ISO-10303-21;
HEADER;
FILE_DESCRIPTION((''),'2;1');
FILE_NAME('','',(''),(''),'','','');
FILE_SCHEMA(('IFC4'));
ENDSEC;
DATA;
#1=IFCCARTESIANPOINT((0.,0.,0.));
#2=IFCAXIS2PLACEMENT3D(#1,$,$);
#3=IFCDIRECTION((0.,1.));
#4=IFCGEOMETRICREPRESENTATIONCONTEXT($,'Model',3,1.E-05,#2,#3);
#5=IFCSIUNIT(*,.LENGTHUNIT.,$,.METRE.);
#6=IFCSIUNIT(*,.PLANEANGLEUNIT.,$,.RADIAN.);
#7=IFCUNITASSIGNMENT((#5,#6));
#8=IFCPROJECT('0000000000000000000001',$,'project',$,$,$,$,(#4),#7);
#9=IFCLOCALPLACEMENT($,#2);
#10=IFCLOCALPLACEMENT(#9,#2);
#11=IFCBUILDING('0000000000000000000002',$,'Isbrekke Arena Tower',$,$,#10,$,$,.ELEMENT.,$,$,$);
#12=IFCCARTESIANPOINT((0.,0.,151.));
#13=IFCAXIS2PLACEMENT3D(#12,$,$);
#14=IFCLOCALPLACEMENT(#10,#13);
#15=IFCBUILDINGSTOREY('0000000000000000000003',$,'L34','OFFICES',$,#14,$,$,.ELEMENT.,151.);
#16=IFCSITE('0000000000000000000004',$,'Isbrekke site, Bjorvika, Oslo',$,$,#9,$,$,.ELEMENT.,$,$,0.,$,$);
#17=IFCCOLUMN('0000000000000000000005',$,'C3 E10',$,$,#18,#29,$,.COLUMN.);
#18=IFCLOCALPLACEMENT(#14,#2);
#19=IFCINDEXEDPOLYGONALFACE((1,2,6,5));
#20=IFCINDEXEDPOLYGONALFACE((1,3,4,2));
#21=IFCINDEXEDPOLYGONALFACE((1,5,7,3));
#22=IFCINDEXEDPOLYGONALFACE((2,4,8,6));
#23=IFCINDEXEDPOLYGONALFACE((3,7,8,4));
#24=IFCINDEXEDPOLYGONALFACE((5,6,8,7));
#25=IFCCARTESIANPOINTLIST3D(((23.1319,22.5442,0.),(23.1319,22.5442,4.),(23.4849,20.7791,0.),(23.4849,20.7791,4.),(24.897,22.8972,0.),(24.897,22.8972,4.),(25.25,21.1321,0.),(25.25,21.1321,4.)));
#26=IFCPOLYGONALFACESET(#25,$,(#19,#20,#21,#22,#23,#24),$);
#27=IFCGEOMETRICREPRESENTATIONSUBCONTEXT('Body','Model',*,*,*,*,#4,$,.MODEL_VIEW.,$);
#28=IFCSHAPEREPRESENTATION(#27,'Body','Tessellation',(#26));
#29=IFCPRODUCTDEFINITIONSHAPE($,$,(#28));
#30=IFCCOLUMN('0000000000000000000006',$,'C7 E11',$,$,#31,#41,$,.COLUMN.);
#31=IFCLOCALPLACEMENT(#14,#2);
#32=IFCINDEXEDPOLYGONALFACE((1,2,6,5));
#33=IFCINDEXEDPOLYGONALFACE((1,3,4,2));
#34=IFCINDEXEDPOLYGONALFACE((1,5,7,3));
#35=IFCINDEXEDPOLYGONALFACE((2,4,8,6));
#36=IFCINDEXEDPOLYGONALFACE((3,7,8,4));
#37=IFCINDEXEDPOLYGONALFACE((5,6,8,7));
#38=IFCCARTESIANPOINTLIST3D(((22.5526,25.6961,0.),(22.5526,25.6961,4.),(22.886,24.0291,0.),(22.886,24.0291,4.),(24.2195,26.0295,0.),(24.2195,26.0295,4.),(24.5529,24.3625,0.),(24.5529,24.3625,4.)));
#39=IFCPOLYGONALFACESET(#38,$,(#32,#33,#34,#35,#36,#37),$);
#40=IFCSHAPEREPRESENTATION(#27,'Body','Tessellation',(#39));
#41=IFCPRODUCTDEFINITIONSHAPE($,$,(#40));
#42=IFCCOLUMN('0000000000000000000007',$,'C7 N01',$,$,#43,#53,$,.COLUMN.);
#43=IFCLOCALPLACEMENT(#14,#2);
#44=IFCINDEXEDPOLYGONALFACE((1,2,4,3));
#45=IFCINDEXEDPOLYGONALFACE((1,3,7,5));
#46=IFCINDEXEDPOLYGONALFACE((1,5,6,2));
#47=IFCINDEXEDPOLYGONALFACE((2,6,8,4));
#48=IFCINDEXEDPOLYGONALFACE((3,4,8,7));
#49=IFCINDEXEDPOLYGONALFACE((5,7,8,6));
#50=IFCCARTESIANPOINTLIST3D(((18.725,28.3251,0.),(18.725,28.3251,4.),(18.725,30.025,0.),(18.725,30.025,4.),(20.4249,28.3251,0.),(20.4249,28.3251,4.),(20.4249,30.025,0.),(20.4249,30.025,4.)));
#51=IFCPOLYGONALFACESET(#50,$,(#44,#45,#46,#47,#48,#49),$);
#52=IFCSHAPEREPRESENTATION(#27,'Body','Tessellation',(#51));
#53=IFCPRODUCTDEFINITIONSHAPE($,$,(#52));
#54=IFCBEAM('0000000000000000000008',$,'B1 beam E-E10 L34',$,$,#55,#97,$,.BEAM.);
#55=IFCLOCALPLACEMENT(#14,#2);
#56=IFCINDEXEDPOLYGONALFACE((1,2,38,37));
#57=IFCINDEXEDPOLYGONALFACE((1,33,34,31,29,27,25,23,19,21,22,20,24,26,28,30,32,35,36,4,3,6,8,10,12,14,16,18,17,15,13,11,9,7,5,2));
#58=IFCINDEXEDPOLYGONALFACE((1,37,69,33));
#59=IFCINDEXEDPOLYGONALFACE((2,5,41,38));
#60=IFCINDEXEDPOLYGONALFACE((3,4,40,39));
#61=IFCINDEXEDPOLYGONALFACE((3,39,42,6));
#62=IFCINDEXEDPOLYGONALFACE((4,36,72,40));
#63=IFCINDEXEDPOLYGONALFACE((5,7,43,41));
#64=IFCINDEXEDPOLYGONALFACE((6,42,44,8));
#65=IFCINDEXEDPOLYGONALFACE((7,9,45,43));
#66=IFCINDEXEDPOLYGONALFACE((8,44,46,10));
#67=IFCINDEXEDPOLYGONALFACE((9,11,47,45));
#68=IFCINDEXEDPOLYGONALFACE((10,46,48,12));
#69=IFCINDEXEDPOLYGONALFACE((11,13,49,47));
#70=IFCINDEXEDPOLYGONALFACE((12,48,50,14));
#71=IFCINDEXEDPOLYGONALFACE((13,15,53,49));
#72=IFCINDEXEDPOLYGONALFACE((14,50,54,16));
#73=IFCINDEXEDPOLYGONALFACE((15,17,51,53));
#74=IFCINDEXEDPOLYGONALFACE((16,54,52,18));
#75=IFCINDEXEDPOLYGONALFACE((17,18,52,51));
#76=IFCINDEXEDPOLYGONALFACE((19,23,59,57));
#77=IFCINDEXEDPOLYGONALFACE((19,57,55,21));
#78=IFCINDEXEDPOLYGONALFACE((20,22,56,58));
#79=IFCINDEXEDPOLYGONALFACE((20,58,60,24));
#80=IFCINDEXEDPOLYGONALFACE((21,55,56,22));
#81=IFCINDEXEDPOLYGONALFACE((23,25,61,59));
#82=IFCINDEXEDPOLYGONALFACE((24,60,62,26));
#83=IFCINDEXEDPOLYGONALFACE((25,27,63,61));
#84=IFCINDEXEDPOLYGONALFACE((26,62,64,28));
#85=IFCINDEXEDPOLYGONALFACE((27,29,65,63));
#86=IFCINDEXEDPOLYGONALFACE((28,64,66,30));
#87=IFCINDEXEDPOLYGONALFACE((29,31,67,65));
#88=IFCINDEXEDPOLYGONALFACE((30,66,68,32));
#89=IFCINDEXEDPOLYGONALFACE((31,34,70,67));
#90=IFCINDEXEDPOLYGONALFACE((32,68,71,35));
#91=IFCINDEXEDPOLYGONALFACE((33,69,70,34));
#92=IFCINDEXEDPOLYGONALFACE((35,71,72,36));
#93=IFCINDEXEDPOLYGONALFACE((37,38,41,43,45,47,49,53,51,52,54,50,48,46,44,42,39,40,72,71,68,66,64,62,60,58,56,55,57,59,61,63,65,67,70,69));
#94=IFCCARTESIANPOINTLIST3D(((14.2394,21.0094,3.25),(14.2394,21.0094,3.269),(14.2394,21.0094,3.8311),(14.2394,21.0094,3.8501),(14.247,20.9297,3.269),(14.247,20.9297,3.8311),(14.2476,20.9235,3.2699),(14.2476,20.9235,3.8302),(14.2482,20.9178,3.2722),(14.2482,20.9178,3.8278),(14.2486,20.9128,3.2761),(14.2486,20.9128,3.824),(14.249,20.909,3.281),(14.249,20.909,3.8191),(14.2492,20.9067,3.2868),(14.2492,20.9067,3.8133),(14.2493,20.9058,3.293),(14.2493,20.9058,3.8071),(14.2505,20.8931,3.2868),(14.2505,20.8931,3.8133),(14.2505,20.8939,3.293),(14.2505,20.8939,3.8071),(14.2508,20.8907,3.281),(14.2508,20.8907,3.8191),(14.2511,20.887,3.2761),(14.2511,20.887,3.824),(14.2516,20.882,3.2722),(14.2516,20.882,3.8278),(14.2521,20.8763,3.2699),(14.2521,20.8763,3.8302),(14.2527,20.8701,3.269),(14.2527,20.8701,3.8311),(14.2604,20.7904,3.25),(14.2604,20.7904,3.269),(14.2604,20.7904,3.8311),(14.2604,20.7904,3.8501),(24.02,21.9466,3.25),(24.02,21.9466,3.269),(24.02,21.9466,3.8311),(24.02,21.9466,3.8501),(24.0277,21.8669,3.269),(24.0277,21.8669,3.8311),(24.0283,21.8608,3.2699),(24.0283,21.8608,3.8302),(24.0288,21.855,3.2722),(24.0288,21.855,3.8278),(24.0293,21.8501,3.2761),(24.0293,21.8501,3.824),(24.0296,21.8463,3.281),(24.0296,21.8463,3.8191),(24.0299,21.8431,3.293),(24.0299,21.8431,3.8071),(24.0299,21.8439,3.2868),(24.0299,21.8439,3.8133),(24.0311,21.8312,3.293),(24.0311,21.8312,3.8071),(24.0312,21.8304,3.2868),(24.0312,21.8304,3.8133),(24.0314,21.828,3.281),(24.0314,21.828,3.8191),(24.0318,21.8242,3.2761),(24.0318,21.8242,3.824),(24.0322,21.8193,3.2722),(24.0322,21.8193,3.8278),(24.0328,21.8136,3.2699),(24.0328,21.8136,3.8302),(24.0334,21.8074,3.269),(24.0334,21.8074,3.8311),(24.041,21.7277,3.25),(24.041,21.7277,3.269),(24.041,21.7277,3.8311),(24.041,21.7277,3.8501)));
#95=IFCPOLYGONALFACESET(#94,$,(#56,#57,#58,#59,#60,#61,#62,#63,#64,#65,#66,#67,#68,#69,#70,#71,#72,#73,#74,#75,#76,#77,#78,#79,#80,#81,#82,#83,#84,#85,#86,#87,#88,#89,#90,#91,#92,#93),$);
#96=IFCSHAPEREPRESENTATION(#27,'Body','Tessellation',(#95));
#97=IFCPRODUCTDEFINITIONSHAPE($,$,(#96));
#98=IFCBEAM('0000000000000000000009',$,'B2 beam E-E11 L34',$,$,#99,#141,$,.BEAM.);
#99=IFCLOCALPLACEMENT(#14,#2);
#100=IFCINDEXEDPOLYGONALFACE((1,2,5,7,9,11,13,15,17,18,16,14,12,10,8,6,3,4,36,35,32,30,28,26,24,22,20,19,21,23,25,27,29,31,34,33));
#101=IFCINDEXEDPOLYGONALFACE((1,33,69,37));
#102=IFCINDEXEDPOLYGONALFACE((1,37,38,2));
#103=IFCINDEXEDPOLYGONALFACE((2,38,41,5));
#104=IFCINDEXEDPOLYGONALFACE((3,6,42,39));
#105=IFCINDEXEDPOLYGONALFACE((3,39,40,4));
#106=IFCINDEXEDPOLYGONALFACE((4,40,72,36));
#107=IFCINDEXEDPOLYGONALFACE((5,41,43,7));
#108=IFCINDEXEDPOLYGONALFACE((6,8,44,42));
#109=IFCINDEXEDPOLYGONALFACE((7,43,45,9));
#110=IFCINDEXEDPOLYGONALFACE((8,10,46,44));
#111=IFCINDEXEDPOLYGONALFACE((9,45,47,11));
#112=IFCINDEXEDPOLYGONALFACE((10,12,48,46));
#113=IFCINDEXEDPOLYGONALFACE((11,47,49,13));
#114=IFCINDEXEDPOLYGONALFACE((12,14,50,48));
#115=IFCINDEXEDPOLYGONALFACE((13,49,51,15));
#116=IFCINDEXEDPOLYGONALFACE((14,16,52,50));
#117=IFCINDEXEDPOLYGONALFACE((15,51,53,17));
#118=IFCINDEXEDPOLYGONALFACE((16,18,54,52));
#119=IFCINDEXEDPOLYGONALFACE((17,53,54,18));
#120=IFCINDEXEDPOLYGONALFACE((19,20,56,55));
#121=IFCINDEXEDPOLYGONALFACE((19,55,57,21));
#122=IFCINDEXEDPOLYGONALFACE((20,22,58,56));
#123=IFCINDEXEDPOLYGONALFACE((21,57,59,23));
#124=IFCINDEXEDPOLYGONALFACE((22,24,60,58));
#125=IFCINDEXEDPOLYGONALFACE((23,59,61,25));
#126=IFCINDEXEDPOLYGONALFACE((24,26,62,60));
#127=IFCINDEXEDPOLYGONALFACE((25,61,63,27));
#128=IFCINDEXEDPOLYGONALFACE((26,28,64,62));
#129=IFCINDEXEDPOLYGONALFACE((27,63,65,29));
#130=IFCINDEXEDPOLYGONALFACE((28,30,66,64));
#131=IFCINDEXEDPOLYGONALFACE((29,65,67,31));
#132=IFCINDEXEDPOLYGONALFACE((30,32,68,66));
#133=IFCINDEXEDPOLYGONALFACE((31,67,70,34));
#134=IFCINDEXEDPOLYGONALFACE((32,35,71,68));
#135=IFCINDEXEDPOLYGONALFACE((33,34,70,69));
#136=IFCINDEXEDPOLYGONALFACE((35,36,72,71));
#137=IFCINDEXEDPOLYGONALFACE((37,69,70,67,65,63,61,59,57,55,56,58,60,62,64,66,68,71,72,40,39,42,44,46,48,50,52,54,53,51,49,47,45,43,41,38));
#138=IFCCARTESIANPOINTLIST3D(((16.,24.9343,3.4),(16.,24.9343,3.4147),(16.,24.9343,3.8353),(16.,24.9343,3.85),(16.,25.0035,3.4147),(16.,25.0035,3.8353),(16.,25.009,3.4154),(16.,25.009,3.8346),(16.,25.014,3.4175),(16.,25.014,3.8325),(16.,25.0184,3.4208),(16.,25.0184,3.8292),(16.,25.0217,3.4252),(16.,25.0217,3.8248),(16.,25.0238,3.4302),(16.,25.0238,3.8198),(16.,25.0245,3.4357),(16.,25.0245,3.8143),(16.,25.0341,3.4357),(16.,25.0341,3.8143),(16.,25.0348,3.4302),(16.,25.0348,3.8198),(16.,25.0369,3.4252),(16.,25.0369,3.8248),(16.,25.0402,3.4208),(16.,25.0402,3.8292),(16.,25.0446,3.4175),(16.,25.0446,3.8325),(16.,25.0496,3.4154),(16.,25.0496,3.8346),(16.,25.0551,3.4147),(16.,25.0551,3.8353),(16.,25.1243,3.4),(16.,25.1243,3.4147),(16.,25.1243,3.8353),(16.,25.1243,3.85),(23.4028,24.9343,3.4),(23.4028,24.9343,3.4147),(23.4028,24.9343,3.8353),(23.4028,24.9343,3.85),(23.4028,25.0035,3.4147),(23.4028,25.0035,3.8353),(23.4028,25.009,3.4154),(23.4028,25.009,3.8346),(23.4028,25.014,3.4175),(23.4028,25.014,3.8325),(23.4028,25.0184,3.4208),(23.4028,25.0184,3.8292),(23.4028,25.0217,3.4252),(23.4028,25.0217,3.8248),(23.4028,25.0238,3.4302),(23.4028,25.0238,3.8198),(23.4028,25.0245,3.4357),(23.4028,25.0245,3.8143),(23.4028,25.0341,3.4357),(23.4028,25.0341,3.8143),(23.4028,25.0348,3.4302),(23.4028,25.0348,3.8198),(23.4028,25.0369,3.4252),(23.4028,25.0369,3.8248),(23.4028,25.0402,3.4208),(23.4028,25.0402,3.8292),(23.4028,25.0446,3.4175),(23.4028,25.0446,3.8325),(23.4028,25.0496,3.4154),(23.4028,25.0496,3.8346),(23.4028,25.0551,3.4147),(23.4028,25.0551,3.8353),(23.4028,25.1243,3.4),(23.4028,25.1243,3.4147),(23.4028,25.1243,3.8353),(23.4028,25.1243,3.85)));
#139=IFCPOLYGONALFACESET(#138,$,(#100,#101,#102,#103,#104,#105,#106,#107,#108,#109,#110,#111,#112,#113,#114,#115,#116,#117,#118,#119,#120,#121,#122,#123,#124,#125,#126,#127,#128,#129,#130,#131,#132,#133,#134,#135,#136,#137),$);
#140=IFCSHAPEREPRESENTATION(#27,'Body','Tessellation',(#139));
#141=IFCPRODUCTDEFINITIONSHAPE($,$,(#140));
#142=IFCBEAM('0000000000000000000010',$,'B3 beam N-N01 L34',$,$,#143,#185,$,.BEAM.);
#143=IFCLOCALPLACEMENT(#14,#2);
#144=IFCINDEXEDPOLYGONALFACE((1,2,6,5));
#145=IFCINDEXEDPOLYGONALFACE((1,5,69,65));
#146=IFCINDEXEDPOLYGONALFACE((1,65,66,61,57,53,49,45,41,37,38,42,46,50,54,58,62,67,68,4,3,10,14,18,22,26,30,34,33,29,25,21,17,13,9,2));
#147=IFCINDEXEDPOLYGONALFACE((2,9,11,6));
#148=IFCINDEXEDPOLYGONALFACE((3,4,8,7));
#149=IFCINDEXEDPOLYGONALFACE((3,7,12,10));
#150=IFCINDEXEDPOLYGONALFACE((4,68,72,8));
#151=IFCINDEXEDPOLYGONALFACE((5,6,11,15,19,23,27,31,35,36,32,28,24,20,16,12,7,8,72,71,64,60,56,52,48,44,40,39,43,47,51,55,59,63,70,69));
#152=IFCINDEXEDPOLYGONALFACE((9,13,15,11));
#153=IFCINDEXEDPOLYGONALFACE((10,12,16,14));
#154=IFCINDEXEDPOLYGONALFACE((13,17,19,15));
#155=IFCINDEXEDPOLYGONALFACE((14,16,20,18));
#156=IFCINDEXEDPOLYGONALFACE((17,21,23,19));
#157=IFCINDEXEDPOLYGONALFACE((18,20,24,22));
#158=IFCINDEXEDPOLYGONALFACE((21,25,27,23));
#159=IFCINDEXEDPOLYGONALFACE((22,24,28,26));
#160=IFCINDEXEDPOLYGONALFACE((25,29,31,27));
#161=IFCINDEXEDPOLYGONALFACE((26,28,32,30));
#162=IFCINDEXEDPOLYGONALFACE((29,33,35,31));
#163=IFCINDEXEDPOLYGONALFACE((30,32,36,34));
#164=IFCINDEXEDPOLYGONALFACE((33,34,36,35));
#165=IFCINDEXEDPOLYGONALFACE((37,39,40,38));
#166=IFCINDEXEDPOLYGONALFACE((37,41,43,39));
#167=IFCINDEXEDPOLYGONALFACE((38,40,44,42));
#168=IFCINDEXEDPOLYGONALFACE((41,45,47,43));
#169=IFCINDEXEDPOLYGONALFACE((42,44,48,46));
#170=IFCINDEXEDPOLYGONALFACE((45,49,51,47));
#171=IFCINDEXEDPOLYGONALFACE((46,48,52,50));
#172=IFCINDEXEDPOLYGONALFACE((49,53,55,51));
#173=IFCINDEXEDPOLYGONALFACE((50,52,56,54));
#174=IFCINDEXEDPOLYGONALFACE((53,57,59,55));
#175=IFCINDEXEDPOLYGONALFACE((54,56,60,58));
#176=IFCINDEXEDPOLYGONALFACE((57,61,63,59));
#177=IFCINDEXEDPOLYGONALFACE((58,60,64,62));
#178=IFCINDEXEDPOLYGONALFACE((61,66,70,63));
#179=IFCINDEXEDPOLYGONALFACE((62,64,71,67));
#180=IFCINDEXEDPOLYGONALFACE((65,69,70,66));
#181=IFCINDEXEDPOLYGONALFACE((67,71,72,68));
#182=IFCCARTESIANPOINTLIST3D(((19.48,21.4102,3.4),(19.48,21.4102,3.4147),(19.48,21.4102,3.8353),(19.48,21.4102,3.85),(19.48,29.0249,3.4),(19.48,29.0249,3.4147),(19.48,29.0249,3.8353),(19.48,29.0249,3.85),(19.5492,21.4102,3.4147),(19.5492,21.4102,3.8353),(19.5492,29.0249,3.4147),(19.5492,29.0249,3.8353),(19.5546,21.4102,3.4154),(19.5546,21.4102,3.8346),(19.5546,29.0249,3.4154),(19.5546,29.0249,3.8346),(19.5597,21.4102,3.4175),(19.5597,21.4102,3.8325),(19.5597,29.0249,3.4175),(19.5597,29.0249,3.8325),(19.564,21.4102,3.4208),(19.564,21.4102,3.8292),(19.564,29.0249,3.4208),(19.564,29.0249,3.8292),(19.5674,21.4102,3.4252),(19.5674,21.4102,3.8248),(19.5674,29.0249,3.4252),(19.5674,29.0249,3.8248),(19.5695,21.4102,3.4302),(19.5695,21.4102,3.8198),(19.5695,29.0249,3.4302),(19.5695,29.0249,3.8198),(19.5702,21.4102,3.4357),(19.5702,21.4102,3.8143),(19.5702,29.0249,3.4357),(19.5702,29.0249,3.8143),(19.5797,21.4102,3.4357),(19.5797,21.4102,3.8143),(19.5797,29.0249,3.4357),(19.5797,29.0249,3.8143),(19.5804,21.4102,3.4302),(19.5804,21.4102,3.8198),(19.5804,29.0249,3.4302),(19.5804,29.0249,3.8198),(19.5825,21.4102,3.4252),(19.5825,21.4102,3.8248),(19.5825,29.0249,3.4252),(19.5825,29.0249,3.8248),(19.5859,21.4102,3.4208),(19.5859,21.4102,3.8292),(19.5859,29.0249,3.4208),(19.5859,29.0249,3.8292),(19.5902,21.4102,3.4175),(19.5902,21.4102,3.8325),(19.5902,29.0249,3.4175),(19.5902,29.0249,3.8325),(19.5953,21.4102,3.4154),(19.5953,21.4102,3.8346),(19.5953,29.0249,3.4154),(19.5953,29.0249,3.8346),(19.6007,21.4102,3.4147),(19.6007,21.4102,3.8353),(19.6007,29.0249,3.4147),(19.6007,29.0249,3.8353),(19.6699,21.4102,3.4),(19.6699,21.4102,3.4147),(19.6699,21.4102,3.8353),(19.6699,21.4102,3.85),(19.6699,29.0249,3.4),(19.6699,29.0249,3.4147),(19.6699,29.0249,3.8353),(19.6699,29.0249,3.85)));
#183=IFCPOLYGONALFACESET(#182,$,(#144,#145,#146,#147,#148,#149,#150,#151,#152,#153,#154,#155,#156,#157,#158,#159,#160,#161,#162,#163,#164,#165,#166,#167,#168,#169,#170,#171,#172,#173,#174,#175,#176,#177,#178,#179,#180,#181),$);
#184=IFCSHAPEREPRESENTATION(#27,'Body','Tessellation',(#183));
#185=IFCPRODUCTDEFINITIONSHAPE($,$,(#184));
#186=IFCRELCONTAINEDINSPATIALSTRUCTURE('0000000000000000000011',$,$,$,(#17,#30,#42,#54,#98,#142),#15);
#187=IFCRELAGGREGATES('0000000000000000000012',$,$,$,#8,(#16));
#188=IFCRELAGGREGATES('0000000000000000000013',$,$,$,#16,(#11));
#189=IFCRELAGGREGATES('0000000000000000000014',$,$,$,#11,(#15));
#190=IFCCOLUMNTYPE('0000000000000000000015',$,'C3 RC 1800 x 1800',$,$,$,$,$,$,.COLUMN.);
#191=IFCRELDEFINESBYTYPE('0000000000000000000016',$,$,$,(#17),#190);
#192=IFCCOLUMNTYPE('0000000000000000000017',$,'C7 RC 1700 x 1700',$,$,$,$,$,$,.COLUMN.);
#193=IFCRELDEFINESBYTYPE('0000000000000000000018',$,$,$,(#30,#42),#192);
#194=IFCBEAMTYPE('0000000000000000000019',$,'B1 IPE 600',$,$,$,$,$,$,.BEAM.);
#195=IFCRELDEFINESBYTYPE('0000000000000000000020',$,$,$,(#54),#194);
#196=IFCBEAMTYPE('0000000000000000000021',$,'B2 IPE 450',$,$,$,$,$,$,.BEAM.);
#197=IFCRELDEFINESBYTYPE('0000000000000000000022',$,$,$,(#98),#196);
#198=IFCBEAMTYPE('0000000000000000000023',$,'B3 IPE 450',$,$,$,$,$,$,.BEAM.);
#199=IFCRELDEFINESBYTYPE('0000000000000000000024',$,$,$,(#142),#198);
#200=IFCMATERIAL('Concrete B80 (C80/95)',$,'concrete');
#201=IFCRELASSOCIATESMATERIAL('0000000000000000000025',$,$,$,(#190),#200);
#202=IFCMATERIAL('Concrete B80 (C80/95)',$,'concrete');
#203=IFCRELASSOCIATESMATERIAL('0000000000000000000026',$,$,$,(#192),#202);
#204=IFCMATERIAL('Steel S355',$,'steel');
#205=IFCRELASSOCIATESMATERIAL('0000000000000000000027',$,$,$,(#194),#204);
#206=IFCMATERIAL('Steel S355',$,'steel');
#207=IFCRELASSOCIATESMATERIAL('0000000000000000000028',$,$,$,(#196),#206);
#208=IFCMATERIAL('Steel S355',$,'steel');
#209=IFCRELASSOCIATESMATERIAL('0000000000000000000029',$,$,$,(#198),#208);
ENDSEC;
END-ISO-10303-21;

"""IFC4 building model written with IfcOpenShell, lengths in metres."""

from ifc_helpers import new_model, si_unit, direction, frame, origin, origin_2d, place, context, subcontext, project, spatial, rectangle, i_section, extrude, material, material_profile, profile_set, type_object, element, save


model = new_model("IFC4")

# Units and contexts
model_context = context("Model", 3, precision=1e-05, world=origin(), true_north=direction((0.0, 1.0)))
body_context = subcontext(model_context, "Body", "Model", "MODEL_VIEW")
ifc_project = project(units=[si_unit("LENGTHUNIT", "METRE"), si_unit("PLANEANGLEUNIT", "RADIAN")], contexts=[model_context])

# Site, building, storey
site_placement = place(None, origin())
site = spatial("IfcSite", under=ifc_project, at=site_placement, Name="Isbrekke site, Bjorvika, Oslo", CompositionType="ELEMENT", RefElevation=0.0)
building_placement = place(site_placement, origin())
building = spatial("IfcBuilding", under=site, at=building_placement, Name="Isbrekke Arena Tower", CompositionType="ELEMENT")
storey_placement = place(building_placement, frame((0.0, 0.0, 151.0)))
storey = spatial("IfcBuildingStorey", under=building, at=storey_placement, Name="L34", Description="OFFICES", CompositionType="ELEMENT", Elevation=151.0)

# Columns
ifc_material_1 = material(Name="Concrete B80 (C80/95)", Category="concrete")
ifc_material_profile_1 = material_profile(ifc_material_1, rectangle(XDim=1.8, YDim=1.8, at=origin_2d()), Name="RC 1800x1800")
ifc_profile_set_1 = profile_set([ifc_material_profile_1], Name="Concrete B80 (C80/95)")
column_type_1 = type_object("IfcColumnType", Name="C3 RC 1800 x 1800", PredefinedType="COLUMN", material=ifc_profile_set_1)
column_placement = place(storey_placement, frame((24.1909, 21.8381, 0.0), z_axis=(0.0, 0.0, 1.0), x_axis=(-0.196116, 0.980581, 0.0)))
element("IfcColumn", 1, at=column_placement, inside=storey, type_object=column_type_1, Name="C3 E10", PredefinedType="COLUMN", context=body_context, shape_type="SweptSolid", body=[
    extrude(rectangle(XDim=1.8, YDim=1.8, at=origin_2d()), origin(), (0.0, 0.0, 1.0), 4.0),
])
ifc_material_2 = material(Name="Concrete B80 (C80/95)", Category="concrete")
ifc_material_profile_2 = material_profile(ifc_material_2, rectangle(XDim=1.7, YDim=1.7, at=origin_2d()), Name="RC 1700x1700")
ifc_profile_set_2 = profile_set([ifc_material_profile_2], Name="Concrete B80 (C80/95)")
column_type_2 = type_object("IfcColumnType", Name="C7 RC 1700 x 1700", PredefinedType="COLUMN", material=ifc_profile_set_2)
for number, where, z_axis, x_axis, name in (
    (2, (23.5527, 25.0293, 0.0), (0.0, 0.0, 1.0), (-0.196116, 0.980581, 0.0), "C7 E11"),
    (3, (19.575, 29.175, 0.0), (0.0, 0.0, 1.0), (-1.0, 0.0, 0.0), "C7 N01"),
):
    element("IfcColumn", number, at=place(storey_placement, frame(where, z_axis=z_axis, x_axis=x_axis)), inside=storey, type_object=column_type_2, Name=name, PredefinedType="COLUMN", context=body_context, shape_type="SweptSolid", body=[
        extrude(rectangle(XDim=1.7, YDim=1.7, at=origin_2d()), origin(), (0.0, 0.0, 1.0), 4.0),
    ])

# Beams
ifc_material_3 = material(Name="Steel S355", Category="steel")
ifc_material_profile_3 = material_profile(ifc_material_3, i_section(OverallWidth=0.22, OverallDepth=0.6001, WebThickness=0.012, FlangeThickness=0.019, FilletRadius=0.0239, at=origin_2d()), Name="IPE 600")
ifc_profile_set_3 = profile_set([ifc_material_profile_3], Name="Steel S355")
beam_type_1 = type_object("IfcBeamType", Name="B1 IPE 600", PredefinedType="BEAM", material=ifc_profile_set_3)
beam_1_placement = place(storey_placement, frame((24.0305, 21.8372, 3.55), z_axis=(-0.99544, -0.095392, 0.0), x_axis=(0.095392, -0.99544, 0.0)))
element("IfcBeam", 4, at=beam_1_placement, inside=storey, type_object=beam_type_1, Name="B1 beam E-E10 L34", PredefinedType="BEAM", context=body_context, shape_type="SweptSolid", body=[
    extrude(i_section(OverallWidth=0.22, OverallDepth=0.6001, WebThickness=0.012, FlangeThickness=0.019, FilletRadius=0.0239, at=origin_2d()), origin(), (0.0, 0.0, 1.0), 9.8254),
])
ifc_material_4 = material(Name="Steel S355", Category="steel")
ifc_material_profile_4 = material_profile(ifc_material_4, i_section(OverallWidth=0.1899, OverallDepth=0.45, WebThickness=0.0095, FlangeThickness=0.0146, FilletRadius=0.021, at=origin_2d()), Name="IPE 450")
ifc_profile_set_4 = profile_set([ifc_material_profile_4], Name="Steel S355")
beam_type_2 = type_object("IfcBeamType", Name="B2 IPE 450", PredefinedType="BEAM", material=ifc_profile_set_4)
beam_2_placement = place(storey_placement, frame((23.4028, 25.0293, 3.625), z_axis=(-1.0, 0.0, 0.0), x_axis=(0.0, -1.0, 0.0)))
element("IfcBeam", 5, at=beam_2_placement, inside=storey, type_object=beam_type_2, Name="B2 beam E-E11 L34", PredefinedType="BEAM", context=body_context, shape_type="SweptSolid", body=[
    extrude(i_section(OverallWidth=0.1899, OverallDepth=0.45, WebThickness=0.0095, FlangeThickness=0.0146, FilletRadius=0.021, at=origin_2d()), origin(), (0.0, 0.0, 1.0), 7.4028),
])
ifc_material_5 = material(Name="Steel S355", Category="steel")
ifc_material_profile_5 = material_profile(ifc_material_5, i_section(OverallWidth=0.1899, OverallDepth=0.45, WebThickness=0.0095, FlangeThickness=0.0146, FilletRadius=0.021, at=origin_2d()), Name="IPE 450")
ifc_profile_set_5 = profile_set([ifc_material_profile_5], Name="Steel S355")
beam_type_3 = type_object("IfcBeamType", Name="B3 IPE 450", PredefinedType="BEAM", material=ifc_profile_set_5)
beam_3_placement = place(storey_placement, frame((19.575, 29.0249, 3.625), z_axis=(0.0, -1.0, 0.0), x_axis=(1.0, 0.0, 0.0)))
element("IfcBeam", 6, at=beam_3_placement, inside=storey, type_object=beam_type_3, Name="B3 beam N-N01 L34", PredefinedType="BEAM", context=body_context, shape_type="SweptSolid", body=[
    extrude(i_section(OverallWidth=0.1899, OverallDepth=0.45, WebThickness=0.0095, FlangeThickness=0.0146, FilletRadius=0.021, at=origin_2d()), origin(), (0.0, 0.0, 1.0), 7.6147),
])

save(model, "model.ifc")
